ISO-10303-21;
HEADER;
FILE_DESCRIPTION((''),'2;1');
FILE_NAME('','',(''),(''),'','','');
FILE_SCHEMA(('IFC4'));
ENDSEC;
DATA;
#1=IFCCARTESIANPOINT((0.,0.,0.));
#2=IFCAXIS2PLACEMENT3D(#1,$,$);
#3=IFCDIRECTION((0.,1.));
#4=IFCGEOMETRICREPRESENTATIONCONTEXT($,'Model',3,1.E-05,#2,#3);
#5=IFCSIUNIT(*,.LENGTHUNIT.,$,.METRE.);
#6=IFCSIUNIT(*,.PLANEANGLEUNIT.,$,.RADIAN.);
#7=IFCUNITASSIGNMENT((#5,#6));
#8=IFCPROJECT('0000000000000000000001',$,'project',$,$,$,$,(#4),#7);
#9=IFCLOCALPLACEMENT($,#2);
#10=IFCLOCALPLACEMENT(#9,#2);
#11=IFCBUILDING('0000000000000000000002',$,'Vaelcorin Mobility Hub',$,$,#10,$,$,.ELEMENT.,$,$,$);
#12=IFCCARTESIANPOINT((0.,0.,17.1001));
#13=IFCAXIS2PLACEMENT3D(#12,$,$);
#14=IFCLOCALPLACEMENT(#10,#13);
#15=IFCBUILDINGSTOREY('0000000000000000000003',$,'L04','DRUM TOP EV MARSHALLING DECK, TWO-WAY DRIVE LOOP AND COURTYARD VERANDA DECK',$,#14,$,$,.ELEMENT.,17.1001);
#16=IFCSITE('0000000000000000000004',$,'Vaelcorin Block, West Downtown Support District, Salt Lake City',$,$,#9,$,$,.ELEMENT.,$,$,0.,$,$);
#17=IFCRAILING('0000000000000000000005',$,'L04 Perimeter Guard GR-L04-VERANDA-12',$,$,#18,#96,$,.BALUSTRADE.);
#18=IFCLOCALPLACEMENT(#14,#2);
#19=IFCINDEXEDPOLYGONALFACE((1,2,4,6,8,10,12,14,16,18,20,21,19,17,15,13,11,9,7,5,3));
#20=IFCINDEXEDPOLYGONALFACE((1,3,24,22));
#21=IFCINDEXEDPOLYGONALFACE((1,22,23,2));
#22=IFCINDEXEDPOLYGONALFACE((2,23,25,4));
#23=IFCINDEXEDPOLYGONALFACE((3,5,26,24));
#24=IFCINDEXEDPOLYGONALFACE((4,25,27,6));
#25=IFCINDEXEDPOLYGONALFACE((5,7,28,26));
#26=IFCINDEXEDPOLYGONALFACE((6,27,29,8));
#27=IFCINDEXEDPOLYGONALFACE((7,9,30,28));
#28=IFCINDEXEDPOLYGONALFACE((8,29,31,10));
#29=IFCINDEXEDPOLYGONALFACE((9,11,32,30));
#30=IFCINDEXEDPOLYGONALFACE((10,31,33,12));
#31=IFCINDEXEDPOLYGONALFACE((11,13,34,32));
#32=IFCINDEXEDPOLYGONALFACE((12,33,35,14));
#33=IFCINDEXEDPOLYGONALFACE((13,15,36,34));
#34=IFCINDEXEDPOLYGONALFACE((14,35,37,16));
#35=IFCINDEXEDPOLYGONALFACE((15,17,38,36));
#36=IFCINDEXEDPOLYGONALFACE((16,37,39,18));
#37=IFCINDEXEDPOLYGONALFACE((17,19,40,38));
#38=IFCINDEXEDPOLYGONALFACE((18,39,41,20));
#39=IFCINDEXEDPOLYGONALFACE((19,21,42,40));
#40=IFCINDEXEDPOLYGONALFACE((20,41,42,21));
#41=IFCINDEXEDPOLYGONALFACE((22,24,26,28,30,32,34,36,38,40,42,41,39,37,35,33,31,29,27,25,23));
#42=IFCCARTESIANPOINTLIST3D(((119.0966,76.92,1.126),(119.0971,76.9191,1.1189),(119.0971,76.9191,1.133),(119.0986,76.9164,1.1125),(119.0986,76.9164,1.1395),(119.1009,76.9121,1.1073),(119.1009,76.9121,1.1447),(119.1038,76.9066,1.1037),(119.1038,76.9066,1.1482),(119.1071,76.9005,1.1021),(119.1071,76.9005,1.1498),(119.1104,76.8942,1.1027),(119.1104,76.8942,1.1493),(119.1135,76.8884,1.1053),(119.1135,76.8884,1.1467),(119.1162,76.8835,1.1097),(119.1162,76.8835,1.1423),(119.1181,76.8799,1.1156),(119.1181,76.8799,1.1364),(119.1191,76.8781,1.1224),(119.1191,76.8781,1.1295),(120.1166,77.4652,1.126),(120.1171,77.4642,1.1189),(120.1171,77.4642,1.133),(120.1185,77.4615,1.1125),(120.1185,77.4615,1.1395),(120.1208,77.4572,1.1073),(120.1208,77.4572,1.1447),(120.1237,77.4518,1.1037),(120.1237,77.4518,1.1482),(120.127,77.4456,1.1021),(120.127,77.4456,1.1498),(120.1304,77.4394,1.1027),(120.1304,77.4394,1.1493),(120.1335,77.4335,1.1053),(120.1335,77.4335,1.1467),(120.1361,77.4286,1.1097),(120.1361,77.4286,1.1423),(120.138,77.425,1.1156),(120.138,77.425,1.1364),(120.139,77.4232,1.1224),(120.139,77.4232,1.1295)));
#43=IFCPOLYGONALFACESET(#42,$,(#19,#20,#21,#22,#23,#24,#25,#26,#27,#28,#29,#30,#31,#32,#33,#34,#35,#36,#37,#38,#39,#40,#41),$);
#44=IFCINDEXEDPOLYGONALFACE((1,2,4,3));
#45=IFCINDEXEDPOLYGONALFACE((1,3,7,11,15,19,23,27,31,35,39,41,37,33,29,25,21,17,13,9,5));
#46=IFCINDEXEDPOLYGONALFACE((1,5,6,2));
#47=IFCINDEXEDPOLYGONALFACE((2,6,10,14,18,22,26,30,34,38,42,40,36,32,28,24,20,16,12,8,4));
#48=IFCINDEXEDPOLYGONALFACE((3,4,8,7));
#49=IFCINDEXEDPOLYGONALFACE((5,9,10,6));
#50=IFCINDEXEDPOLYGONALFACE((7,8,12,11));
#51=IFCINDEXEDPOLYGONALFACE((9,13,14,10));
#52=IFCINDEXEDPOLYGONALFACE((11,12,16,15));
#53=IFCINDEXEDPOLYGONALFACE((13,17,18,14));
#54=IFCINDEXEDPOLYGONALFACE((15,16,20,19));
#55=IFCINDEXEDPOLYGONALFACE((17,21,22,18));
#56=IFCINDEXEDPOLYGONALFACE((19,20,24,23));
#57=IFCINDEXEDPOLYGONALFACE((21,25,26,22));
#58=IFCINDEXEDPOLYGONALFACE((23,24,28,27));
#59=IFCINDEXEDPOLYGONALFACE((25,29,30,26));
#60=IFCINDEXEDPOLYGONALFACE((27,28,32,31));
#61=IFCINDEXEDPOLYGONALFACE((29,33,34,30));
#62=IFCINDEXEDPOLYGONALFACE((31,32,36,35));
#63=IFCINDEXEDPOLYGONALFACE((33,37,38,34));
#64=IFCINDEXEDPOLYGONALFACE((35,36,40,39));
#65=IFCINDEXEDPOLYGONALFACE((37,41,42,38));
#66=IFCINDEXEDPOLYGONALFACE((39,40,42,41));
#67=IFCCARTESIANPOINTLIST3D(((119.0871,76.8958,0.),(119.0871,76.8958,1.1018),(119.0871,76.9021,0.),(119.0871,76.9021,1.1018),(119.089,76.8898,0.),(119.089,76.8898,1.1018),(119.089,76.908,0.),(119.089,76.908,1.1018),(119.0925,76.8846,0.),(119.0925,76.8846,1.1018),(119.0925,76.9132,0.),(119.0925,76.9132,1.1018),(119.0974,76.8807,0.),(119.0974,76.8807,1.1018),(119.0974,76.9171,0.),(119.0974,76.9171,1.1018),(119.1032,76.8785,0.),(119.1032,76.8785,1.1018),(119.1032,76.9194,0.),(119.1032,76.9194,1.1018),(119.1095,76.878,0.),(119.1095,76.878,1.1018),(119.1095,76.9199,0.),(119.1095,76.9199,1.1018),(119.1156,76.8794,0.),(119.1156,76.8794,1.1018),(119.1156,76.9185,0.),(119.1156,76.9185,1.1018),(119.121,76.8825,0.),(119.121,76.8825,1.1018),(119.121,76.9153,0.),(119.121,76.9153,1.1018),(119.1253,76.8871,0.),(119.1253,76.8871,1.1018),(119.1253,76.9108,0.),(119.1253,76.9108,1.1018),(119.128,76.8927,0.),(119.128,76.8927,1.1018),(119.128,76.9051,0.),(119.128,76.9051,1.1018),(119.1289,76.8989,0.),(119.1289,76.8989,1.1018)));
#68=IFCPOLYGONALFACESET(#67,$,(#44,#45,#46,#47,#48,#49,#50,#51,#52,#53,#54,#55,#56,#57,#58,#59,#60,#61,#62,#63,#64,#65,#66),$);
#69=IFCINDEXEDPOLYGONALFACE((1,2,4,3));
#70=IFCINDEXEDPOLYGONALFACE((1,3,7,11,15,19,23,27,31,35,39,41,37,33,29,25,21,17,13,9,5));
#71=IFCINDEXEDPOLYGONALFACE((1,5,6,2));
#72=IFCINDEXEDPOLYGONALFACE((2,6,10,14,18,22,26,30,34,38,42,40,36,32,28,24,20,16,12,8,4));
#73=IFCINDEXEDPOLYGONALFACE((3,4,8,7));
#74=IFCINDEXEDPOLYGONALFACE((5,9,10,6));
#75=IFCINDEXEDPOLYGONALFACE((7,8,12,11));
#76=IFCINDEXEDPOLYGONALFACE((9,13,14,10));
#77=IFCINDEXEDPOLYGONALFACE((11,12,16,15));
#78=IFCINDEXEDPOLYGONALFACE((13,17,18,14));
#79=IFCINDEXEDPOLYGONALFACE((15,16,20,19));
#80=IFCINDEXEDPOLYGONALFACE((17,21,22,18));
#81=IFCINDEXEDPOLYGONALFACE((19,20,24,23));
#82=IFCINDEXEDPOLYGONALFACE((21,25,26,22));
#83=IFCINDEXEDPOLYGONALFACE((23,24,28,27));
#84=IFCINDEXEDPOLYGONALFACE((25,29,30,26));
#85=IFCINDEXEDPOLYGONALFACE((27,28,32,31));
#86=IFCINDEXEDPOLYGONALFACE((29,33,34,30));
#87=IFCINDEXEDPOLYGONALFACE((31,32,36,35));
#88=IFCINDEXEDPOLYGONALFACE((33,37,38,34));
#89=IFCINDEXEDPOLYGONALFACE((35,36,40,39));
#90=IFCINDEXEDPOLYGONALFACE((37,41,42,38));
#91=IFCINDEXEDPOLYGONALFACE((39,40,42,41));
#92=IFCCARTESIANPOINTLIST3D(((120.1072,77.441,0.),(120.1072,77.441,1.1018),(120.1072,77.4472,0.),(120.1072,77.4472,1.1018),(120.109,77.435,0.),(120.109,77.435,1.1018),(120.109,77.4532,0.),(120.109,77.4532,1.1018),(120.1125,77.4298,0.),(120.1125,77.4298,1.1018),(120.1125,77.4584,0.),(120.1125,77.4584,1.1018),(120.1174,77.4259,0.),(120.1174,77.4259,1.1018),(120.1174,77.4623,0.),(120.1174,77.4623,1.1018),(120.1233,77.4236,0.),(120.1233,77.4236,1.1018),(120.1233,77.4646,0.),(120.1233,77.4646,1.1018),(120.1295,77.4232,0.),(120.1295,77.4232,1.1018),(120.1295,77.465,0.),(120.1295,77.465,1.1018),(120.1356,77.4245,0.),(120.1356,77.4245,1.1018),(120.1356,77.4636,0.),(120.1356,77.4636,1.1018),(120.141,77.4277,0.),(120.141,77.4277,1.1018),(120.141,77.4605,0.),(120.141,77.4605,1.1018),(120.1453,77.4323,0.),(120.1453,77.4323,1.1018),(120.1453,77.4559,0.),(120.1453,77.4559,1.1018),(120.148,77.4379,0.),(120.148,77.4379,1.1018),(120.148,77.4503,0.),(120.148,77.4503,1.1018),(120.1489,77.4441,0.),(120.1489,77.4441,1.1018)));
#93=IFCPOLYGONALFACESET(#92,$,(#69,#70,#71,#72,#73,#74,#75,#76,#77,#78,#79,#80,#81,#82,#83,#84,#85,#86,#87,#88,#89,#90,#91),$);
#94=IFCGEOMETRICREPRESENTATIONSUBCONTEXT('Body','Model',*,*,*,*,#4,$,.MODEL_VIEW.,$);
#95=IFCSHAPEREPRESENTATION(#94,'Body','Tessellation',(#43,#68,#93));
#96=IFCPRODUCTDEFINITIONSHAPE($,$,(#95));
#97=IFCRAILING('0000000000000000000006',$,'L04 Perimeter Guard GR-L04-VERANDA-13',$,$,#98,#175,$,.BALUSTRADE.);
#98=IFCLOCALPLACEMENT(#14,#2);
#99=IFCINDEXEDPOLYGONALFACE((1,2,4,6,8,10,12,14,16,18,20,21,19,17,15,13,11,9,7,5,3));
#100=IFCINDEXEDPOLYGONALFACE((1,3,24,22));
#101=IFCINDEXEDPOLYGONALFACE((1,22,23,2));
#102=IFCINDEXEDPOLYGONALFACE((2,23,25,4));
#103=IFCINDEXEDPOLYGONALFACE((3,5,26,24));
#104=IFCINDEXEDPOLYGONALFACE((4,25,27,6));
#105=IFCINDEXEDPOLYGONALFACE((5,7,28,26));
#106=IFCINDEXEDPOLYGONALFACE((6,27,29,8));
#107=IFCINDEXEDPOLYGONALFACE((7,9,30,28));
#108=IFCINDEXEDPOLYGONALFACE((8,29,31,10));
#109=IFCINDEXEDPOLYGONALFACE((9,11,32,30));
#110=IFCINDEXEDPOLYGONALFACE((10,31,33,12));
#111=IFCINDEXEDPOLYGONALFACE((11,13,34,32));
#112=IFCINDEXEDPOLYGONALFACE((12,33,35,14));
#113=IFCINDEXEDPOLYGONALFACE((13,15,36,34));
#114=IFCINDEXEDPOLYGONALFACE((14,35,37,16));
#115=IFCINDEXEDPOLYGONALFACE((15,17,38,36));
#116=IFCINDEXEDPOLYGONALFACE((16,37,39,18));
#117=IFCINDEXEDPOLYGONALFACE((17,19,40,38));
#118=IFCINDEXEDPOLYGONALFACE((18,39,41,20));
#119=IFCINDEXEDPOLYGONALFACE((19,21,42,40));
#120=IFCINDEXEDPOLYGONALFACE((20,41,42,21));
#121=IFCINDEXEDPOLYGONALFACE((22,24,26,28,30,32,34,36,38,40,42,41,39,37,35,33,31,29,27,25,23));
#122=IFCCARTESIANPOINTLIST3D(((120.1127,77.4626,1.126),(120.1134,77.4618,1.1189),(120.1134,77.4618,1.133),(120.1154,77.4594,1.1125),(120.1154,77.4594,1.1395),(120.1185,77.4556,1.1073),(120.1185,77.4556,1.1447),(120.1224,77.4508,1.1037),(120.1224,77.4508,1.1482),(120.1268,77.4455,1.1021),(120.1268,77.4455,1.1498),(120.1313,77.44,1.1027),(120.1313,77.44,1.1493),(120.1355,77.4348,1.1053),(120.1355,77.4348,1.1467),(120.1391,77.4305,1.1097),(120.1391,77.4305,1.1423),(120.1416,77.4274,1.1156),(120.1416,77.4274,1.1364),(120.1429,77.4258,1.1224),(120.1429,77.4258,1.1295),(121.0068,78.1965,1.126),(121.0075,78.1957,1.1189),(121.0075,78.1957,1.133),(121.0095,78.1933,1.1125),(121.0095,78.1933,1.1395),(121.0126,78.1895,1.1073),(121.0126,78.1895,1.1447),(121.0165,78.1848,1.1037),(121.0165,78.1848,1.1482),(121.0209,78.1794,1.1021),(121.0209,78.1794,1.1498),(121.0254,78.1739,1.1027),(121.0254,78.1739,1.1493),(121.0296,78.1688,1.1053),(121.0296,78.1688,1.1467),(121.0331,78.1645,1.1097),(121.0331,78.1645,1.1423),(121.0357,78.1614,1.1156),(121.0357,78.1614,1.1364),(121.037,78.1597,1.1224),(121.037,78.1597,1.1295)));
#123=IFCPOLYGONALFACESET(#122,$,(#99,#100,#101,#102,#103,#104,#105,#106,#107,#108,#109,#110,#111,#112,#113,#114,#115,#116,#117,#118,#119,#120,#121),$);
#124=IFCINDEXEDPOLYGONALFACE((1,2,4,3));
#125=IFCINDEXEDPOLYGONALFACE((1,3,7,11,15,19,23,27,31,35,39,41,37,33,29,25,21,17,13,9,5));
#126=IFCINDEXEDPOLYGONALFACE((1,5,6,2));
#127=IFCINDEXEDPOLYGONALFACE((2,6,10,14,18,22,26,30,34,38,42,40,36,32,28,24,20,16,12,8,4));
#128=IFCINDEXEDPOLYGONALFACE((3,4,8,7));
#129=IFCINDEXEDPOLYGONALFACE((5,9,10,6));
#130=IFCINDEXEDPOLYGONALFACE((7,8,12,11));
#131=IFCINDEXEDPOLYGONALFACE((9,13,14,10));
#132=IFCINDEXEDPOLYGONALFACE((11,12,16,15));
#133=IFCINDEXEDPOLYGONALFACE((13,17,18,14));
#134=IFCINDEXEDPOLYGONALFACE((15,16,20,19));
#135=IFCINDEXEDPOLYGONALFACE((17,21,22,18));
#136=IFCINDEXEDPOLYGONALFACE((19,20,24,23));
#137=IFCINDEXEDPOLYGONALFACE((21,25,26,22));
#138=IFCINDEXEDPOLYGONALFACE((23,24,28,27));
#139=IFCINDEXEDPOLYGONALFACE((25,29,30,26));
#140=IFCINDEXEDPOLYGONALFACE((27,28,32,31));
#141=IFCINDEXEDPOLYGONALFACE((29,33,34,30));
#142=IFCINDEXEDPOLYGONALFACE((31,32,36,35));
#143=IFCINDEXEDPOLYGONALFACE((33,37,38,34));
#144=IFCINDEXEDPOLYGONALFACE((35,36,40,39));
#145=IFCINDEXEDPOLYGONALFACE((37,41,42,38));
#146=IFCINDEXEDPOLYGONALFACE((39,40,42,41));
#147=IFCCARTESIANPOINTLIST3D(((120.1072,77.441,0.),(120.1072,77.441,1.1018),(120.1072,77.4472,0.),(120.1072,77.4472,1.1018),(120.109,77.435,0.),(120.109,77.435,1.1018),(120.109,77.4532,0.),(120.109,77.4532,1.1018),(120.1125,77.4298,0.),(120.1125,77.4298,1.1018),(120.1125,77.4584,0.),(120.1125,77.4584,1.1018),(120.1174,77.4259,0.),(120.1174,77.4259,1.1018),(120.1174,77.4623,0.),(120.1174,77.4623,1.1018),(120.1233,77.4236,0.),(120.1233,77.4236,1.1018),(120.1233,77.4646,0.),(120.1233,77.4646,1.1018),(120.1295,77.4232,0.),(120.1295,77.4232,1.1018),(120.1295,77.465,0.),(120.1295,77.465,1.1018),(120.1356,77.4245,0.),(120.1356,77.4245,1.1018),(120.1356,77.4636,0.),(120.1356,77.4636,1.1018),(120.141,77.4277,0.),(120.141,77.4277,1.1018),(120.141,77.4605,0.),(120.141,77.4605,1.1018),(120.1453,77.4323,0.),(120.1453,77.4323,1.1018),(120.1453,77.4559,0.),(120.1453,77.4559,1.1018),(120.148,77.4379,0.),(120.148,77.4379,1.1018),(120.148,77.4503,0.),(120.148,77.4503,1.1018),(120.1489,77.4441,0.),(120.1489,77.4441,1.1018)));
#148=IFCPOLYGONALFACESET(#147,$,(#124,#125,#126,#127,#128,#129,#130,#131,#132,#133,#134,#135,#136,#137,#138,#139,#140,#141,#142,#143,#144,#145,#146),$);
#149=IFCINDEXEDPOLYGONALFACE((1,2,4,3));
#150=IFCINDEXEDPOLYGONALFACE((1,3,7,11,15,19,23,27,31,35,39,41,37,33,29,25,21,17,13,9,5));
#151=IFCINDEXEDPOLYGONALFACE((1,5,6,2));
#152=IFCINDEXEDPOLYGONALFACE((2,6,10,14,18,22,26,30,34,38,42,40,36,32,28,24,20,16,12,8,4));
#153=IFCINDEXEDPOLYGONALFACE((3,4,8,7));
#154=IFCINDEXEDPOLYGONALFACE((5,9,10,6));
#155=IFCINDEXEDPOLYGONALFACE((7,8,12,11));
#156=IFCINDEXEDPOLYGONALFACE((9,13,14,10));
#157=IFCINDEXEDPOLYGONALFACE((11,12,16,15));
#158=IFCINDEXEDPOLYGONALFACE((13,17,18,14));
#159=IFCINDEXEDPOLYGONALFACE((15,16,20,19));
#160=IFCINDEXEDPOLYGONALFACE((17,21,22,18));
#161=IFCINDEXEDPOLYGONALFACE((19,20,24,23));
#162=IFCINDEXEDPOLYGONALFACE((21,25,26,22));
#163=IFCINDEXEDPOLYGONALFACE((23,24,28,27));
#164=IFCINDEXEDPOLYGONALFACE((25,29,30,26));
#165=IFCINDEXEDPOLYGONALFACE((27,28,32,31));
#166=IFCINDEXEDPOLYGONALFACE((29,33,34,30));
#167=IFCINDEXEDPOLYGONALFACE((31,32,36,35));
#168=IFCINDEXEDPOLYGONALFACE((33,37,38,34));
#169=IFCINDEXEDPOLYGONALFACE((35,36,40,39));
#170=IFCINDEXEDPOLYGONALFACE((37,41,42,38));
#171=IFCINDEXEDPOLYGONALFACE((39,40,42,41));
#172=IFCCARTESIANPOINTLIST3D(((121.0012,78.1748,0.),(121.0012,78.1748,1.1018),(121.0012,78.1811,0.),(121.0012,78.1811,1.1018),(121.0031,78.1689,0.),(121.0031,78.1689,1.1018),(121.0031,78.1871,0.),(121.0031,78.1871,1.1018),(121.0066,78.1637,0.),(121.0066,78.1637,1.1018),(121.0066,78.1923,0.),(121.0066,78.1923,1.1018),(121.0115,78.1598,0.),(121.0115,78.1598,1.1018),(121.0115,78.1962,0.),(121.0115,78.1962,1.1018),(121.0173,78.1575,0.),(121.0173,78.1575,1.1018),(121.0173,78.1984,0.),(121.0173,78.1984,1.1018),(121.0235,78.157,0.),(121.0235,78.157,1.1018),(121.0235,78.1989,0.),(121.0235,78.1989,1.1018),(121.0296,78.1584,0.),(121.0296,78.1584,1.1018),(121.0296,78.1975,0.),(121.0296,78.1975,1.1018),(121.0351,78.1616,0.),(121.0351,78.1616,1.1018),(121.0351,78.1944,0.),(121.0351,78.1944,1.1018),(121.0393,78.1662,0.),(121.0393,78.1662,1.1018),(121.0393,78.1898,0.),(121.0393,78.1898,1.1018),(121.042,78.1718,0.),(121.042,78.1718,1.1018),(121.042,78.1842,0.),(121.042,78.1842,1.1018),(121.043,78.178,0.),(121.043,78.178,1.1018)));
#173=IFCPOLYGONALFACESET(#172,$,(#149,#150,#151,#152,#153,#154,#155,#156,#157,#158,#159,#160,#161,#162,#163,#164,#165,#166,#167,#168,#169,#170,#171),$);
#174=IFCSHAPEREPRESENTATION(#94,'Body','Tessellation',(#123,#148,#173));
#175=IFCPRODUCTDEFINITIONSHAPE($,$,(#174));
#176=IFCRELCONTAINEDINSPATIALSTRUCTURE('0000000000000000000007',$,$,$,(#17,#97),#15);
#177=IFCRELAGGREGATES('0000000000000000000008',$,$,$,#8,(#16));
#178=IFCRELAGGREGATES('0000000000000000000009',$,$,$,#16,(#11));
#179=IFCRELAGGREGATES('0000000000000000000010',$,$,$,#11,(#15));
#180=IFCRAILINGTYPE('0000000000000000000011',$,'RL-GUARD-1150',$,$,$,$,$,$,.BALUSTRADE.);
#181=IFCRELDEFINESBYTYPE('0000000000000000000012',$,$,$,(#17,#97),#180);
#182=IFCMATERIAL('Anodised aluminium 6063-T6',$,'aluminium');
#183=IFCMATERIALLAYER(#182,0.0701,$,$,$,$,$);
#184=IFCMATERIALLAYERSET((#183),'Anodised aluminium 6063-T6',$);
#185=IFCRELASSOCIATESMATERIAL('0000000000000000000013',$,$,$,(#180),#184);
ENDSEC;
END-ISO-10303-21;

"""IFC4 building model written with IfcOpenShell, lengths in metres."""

from ifc_helpers import new_model, si_unit, direction, frame, origin, origin_2d, place, context, subcontext, project, spatial, circle, extrude, material, layer, layer_set, type_object, element, save


model = new_model("IFC4")

# Units and contexts
model_context = context("Model", 3, precision=1e-05, world=origin(), true_north=direction((0.0, 1.0)))
body_context = subcontext(model_context, "Body", "Model", "MODEL_VIEW")
ifc_project = project(units=[si_unit("LENGTHUNIT", "METRE"), si_unit("PLANEANGLEUNIT", "RADIAN")], contexts=[model_context])

# Site, building, storey
site_placement = place(None, origin())
site = spatial("IfcSite", under=ifc_project, at=site_placement, Name="Vaelcorin Block, West Downtown Support District, Salt Lake City", CompositionType="ELEMENT", RefElevation=0.0)
building_placement = place(site_placement, origin())
building = spatial("IfcBuilding", under=site, at=building_placement, Name="Vaelcorin Mobility Hub", CompositionType="ELEMENT")
storey_placement = place(building_placement, frame((0.0, 0.0, 17.1001)))
storey = spatial("IfcBuildingStorey", under=building, at=storey_placement, Name="L04", Description="DRUM TOP EV MARSHALLING DECK, TWO-WAY DRIVE LOOP AND COURTYARD VERANDA DECK", CompositionType="ELEMENT", Elevation=17.1001)

# Railings
ifc_material_1 = material(Name="Anodised aluminium 6063-T6", Category="aluminium")
ifc_layer_1 = layer(ifc_material_1, 0.0701)
ifc_layer_set_1 = layer_set([ifc_layer_1], Name="Anodised aluminium 6063-T6")
railing_type_1 = type_object("IfcRailingType", Name="RL-GUARD-1150", PredefinedType="BALUSTRADE", material=ifc_layer_set_1)
railing_1_placement = place(storey_placement, frame((119.1079, 76.8989, 0.0)))
element("IfcRailing", 1, at=railing_1_placement, inside=storey, type_object=railing_type_1, Name="L04 Perimeter Guard GR-L04-VERANDA-12", PredefinedType="BALUSTRADE", context=body_context, shape_type="SweptSolid", body=[
    extrude(circle(Radius=0.0239, at=origin_2d()), frame((0.0, 0.0, 1.126), z_axis=(0.881938, 0.471366, 0.0), x_axis=(-0.471366, 0.881938, 0.0)), (0.0, 0.0, 1.0), 1.1565),
    extrude(circle(Radius=0.021, at=origin_2d()), origin(), (0.0, 0.0, 1.0), 1.1018),
    extrude(circle(Radius=0.021, at=origin_2d()), frame((1.02, 0.5452, 0.0)), (0.0, 0.0, 1.0), 1.1018),
])
railing_2_placement = place(storey_placement, frame((120.1279, 77.4441, 0.0)))
element("IfcRailing", 2, at=railing_2_placement, inside=storey, type_object=railing_type_1, Name="L04 Perimeter Guard GR-L04-VERANDA-13", PredefinedType="BALUSTRADE", context=body_context, shape_type="SweptSolid", body=[
    extrude(circle(Radius=0.0239, at=origin_2d()), frame((0.0, 0.0, 1.126), z_axis=(0.772941, 0.634478, 0.0), x_axis=(-0.634478, 0.772941, 0.0)), (0.0, 0.0, 1.0), 1.1567),
    extrude(circle(Radius=0.021, at=origin_2d()), origin(), (0.0, 0.0, 1.0), 1.1018),
    extrude(circle(Radius=0.021, at=origin_2d()), frame((0.894, 0.7339, 0.0)), (0.0, 0.0, 1.0), 1.1018),
])

save(model, "model.ifc")
